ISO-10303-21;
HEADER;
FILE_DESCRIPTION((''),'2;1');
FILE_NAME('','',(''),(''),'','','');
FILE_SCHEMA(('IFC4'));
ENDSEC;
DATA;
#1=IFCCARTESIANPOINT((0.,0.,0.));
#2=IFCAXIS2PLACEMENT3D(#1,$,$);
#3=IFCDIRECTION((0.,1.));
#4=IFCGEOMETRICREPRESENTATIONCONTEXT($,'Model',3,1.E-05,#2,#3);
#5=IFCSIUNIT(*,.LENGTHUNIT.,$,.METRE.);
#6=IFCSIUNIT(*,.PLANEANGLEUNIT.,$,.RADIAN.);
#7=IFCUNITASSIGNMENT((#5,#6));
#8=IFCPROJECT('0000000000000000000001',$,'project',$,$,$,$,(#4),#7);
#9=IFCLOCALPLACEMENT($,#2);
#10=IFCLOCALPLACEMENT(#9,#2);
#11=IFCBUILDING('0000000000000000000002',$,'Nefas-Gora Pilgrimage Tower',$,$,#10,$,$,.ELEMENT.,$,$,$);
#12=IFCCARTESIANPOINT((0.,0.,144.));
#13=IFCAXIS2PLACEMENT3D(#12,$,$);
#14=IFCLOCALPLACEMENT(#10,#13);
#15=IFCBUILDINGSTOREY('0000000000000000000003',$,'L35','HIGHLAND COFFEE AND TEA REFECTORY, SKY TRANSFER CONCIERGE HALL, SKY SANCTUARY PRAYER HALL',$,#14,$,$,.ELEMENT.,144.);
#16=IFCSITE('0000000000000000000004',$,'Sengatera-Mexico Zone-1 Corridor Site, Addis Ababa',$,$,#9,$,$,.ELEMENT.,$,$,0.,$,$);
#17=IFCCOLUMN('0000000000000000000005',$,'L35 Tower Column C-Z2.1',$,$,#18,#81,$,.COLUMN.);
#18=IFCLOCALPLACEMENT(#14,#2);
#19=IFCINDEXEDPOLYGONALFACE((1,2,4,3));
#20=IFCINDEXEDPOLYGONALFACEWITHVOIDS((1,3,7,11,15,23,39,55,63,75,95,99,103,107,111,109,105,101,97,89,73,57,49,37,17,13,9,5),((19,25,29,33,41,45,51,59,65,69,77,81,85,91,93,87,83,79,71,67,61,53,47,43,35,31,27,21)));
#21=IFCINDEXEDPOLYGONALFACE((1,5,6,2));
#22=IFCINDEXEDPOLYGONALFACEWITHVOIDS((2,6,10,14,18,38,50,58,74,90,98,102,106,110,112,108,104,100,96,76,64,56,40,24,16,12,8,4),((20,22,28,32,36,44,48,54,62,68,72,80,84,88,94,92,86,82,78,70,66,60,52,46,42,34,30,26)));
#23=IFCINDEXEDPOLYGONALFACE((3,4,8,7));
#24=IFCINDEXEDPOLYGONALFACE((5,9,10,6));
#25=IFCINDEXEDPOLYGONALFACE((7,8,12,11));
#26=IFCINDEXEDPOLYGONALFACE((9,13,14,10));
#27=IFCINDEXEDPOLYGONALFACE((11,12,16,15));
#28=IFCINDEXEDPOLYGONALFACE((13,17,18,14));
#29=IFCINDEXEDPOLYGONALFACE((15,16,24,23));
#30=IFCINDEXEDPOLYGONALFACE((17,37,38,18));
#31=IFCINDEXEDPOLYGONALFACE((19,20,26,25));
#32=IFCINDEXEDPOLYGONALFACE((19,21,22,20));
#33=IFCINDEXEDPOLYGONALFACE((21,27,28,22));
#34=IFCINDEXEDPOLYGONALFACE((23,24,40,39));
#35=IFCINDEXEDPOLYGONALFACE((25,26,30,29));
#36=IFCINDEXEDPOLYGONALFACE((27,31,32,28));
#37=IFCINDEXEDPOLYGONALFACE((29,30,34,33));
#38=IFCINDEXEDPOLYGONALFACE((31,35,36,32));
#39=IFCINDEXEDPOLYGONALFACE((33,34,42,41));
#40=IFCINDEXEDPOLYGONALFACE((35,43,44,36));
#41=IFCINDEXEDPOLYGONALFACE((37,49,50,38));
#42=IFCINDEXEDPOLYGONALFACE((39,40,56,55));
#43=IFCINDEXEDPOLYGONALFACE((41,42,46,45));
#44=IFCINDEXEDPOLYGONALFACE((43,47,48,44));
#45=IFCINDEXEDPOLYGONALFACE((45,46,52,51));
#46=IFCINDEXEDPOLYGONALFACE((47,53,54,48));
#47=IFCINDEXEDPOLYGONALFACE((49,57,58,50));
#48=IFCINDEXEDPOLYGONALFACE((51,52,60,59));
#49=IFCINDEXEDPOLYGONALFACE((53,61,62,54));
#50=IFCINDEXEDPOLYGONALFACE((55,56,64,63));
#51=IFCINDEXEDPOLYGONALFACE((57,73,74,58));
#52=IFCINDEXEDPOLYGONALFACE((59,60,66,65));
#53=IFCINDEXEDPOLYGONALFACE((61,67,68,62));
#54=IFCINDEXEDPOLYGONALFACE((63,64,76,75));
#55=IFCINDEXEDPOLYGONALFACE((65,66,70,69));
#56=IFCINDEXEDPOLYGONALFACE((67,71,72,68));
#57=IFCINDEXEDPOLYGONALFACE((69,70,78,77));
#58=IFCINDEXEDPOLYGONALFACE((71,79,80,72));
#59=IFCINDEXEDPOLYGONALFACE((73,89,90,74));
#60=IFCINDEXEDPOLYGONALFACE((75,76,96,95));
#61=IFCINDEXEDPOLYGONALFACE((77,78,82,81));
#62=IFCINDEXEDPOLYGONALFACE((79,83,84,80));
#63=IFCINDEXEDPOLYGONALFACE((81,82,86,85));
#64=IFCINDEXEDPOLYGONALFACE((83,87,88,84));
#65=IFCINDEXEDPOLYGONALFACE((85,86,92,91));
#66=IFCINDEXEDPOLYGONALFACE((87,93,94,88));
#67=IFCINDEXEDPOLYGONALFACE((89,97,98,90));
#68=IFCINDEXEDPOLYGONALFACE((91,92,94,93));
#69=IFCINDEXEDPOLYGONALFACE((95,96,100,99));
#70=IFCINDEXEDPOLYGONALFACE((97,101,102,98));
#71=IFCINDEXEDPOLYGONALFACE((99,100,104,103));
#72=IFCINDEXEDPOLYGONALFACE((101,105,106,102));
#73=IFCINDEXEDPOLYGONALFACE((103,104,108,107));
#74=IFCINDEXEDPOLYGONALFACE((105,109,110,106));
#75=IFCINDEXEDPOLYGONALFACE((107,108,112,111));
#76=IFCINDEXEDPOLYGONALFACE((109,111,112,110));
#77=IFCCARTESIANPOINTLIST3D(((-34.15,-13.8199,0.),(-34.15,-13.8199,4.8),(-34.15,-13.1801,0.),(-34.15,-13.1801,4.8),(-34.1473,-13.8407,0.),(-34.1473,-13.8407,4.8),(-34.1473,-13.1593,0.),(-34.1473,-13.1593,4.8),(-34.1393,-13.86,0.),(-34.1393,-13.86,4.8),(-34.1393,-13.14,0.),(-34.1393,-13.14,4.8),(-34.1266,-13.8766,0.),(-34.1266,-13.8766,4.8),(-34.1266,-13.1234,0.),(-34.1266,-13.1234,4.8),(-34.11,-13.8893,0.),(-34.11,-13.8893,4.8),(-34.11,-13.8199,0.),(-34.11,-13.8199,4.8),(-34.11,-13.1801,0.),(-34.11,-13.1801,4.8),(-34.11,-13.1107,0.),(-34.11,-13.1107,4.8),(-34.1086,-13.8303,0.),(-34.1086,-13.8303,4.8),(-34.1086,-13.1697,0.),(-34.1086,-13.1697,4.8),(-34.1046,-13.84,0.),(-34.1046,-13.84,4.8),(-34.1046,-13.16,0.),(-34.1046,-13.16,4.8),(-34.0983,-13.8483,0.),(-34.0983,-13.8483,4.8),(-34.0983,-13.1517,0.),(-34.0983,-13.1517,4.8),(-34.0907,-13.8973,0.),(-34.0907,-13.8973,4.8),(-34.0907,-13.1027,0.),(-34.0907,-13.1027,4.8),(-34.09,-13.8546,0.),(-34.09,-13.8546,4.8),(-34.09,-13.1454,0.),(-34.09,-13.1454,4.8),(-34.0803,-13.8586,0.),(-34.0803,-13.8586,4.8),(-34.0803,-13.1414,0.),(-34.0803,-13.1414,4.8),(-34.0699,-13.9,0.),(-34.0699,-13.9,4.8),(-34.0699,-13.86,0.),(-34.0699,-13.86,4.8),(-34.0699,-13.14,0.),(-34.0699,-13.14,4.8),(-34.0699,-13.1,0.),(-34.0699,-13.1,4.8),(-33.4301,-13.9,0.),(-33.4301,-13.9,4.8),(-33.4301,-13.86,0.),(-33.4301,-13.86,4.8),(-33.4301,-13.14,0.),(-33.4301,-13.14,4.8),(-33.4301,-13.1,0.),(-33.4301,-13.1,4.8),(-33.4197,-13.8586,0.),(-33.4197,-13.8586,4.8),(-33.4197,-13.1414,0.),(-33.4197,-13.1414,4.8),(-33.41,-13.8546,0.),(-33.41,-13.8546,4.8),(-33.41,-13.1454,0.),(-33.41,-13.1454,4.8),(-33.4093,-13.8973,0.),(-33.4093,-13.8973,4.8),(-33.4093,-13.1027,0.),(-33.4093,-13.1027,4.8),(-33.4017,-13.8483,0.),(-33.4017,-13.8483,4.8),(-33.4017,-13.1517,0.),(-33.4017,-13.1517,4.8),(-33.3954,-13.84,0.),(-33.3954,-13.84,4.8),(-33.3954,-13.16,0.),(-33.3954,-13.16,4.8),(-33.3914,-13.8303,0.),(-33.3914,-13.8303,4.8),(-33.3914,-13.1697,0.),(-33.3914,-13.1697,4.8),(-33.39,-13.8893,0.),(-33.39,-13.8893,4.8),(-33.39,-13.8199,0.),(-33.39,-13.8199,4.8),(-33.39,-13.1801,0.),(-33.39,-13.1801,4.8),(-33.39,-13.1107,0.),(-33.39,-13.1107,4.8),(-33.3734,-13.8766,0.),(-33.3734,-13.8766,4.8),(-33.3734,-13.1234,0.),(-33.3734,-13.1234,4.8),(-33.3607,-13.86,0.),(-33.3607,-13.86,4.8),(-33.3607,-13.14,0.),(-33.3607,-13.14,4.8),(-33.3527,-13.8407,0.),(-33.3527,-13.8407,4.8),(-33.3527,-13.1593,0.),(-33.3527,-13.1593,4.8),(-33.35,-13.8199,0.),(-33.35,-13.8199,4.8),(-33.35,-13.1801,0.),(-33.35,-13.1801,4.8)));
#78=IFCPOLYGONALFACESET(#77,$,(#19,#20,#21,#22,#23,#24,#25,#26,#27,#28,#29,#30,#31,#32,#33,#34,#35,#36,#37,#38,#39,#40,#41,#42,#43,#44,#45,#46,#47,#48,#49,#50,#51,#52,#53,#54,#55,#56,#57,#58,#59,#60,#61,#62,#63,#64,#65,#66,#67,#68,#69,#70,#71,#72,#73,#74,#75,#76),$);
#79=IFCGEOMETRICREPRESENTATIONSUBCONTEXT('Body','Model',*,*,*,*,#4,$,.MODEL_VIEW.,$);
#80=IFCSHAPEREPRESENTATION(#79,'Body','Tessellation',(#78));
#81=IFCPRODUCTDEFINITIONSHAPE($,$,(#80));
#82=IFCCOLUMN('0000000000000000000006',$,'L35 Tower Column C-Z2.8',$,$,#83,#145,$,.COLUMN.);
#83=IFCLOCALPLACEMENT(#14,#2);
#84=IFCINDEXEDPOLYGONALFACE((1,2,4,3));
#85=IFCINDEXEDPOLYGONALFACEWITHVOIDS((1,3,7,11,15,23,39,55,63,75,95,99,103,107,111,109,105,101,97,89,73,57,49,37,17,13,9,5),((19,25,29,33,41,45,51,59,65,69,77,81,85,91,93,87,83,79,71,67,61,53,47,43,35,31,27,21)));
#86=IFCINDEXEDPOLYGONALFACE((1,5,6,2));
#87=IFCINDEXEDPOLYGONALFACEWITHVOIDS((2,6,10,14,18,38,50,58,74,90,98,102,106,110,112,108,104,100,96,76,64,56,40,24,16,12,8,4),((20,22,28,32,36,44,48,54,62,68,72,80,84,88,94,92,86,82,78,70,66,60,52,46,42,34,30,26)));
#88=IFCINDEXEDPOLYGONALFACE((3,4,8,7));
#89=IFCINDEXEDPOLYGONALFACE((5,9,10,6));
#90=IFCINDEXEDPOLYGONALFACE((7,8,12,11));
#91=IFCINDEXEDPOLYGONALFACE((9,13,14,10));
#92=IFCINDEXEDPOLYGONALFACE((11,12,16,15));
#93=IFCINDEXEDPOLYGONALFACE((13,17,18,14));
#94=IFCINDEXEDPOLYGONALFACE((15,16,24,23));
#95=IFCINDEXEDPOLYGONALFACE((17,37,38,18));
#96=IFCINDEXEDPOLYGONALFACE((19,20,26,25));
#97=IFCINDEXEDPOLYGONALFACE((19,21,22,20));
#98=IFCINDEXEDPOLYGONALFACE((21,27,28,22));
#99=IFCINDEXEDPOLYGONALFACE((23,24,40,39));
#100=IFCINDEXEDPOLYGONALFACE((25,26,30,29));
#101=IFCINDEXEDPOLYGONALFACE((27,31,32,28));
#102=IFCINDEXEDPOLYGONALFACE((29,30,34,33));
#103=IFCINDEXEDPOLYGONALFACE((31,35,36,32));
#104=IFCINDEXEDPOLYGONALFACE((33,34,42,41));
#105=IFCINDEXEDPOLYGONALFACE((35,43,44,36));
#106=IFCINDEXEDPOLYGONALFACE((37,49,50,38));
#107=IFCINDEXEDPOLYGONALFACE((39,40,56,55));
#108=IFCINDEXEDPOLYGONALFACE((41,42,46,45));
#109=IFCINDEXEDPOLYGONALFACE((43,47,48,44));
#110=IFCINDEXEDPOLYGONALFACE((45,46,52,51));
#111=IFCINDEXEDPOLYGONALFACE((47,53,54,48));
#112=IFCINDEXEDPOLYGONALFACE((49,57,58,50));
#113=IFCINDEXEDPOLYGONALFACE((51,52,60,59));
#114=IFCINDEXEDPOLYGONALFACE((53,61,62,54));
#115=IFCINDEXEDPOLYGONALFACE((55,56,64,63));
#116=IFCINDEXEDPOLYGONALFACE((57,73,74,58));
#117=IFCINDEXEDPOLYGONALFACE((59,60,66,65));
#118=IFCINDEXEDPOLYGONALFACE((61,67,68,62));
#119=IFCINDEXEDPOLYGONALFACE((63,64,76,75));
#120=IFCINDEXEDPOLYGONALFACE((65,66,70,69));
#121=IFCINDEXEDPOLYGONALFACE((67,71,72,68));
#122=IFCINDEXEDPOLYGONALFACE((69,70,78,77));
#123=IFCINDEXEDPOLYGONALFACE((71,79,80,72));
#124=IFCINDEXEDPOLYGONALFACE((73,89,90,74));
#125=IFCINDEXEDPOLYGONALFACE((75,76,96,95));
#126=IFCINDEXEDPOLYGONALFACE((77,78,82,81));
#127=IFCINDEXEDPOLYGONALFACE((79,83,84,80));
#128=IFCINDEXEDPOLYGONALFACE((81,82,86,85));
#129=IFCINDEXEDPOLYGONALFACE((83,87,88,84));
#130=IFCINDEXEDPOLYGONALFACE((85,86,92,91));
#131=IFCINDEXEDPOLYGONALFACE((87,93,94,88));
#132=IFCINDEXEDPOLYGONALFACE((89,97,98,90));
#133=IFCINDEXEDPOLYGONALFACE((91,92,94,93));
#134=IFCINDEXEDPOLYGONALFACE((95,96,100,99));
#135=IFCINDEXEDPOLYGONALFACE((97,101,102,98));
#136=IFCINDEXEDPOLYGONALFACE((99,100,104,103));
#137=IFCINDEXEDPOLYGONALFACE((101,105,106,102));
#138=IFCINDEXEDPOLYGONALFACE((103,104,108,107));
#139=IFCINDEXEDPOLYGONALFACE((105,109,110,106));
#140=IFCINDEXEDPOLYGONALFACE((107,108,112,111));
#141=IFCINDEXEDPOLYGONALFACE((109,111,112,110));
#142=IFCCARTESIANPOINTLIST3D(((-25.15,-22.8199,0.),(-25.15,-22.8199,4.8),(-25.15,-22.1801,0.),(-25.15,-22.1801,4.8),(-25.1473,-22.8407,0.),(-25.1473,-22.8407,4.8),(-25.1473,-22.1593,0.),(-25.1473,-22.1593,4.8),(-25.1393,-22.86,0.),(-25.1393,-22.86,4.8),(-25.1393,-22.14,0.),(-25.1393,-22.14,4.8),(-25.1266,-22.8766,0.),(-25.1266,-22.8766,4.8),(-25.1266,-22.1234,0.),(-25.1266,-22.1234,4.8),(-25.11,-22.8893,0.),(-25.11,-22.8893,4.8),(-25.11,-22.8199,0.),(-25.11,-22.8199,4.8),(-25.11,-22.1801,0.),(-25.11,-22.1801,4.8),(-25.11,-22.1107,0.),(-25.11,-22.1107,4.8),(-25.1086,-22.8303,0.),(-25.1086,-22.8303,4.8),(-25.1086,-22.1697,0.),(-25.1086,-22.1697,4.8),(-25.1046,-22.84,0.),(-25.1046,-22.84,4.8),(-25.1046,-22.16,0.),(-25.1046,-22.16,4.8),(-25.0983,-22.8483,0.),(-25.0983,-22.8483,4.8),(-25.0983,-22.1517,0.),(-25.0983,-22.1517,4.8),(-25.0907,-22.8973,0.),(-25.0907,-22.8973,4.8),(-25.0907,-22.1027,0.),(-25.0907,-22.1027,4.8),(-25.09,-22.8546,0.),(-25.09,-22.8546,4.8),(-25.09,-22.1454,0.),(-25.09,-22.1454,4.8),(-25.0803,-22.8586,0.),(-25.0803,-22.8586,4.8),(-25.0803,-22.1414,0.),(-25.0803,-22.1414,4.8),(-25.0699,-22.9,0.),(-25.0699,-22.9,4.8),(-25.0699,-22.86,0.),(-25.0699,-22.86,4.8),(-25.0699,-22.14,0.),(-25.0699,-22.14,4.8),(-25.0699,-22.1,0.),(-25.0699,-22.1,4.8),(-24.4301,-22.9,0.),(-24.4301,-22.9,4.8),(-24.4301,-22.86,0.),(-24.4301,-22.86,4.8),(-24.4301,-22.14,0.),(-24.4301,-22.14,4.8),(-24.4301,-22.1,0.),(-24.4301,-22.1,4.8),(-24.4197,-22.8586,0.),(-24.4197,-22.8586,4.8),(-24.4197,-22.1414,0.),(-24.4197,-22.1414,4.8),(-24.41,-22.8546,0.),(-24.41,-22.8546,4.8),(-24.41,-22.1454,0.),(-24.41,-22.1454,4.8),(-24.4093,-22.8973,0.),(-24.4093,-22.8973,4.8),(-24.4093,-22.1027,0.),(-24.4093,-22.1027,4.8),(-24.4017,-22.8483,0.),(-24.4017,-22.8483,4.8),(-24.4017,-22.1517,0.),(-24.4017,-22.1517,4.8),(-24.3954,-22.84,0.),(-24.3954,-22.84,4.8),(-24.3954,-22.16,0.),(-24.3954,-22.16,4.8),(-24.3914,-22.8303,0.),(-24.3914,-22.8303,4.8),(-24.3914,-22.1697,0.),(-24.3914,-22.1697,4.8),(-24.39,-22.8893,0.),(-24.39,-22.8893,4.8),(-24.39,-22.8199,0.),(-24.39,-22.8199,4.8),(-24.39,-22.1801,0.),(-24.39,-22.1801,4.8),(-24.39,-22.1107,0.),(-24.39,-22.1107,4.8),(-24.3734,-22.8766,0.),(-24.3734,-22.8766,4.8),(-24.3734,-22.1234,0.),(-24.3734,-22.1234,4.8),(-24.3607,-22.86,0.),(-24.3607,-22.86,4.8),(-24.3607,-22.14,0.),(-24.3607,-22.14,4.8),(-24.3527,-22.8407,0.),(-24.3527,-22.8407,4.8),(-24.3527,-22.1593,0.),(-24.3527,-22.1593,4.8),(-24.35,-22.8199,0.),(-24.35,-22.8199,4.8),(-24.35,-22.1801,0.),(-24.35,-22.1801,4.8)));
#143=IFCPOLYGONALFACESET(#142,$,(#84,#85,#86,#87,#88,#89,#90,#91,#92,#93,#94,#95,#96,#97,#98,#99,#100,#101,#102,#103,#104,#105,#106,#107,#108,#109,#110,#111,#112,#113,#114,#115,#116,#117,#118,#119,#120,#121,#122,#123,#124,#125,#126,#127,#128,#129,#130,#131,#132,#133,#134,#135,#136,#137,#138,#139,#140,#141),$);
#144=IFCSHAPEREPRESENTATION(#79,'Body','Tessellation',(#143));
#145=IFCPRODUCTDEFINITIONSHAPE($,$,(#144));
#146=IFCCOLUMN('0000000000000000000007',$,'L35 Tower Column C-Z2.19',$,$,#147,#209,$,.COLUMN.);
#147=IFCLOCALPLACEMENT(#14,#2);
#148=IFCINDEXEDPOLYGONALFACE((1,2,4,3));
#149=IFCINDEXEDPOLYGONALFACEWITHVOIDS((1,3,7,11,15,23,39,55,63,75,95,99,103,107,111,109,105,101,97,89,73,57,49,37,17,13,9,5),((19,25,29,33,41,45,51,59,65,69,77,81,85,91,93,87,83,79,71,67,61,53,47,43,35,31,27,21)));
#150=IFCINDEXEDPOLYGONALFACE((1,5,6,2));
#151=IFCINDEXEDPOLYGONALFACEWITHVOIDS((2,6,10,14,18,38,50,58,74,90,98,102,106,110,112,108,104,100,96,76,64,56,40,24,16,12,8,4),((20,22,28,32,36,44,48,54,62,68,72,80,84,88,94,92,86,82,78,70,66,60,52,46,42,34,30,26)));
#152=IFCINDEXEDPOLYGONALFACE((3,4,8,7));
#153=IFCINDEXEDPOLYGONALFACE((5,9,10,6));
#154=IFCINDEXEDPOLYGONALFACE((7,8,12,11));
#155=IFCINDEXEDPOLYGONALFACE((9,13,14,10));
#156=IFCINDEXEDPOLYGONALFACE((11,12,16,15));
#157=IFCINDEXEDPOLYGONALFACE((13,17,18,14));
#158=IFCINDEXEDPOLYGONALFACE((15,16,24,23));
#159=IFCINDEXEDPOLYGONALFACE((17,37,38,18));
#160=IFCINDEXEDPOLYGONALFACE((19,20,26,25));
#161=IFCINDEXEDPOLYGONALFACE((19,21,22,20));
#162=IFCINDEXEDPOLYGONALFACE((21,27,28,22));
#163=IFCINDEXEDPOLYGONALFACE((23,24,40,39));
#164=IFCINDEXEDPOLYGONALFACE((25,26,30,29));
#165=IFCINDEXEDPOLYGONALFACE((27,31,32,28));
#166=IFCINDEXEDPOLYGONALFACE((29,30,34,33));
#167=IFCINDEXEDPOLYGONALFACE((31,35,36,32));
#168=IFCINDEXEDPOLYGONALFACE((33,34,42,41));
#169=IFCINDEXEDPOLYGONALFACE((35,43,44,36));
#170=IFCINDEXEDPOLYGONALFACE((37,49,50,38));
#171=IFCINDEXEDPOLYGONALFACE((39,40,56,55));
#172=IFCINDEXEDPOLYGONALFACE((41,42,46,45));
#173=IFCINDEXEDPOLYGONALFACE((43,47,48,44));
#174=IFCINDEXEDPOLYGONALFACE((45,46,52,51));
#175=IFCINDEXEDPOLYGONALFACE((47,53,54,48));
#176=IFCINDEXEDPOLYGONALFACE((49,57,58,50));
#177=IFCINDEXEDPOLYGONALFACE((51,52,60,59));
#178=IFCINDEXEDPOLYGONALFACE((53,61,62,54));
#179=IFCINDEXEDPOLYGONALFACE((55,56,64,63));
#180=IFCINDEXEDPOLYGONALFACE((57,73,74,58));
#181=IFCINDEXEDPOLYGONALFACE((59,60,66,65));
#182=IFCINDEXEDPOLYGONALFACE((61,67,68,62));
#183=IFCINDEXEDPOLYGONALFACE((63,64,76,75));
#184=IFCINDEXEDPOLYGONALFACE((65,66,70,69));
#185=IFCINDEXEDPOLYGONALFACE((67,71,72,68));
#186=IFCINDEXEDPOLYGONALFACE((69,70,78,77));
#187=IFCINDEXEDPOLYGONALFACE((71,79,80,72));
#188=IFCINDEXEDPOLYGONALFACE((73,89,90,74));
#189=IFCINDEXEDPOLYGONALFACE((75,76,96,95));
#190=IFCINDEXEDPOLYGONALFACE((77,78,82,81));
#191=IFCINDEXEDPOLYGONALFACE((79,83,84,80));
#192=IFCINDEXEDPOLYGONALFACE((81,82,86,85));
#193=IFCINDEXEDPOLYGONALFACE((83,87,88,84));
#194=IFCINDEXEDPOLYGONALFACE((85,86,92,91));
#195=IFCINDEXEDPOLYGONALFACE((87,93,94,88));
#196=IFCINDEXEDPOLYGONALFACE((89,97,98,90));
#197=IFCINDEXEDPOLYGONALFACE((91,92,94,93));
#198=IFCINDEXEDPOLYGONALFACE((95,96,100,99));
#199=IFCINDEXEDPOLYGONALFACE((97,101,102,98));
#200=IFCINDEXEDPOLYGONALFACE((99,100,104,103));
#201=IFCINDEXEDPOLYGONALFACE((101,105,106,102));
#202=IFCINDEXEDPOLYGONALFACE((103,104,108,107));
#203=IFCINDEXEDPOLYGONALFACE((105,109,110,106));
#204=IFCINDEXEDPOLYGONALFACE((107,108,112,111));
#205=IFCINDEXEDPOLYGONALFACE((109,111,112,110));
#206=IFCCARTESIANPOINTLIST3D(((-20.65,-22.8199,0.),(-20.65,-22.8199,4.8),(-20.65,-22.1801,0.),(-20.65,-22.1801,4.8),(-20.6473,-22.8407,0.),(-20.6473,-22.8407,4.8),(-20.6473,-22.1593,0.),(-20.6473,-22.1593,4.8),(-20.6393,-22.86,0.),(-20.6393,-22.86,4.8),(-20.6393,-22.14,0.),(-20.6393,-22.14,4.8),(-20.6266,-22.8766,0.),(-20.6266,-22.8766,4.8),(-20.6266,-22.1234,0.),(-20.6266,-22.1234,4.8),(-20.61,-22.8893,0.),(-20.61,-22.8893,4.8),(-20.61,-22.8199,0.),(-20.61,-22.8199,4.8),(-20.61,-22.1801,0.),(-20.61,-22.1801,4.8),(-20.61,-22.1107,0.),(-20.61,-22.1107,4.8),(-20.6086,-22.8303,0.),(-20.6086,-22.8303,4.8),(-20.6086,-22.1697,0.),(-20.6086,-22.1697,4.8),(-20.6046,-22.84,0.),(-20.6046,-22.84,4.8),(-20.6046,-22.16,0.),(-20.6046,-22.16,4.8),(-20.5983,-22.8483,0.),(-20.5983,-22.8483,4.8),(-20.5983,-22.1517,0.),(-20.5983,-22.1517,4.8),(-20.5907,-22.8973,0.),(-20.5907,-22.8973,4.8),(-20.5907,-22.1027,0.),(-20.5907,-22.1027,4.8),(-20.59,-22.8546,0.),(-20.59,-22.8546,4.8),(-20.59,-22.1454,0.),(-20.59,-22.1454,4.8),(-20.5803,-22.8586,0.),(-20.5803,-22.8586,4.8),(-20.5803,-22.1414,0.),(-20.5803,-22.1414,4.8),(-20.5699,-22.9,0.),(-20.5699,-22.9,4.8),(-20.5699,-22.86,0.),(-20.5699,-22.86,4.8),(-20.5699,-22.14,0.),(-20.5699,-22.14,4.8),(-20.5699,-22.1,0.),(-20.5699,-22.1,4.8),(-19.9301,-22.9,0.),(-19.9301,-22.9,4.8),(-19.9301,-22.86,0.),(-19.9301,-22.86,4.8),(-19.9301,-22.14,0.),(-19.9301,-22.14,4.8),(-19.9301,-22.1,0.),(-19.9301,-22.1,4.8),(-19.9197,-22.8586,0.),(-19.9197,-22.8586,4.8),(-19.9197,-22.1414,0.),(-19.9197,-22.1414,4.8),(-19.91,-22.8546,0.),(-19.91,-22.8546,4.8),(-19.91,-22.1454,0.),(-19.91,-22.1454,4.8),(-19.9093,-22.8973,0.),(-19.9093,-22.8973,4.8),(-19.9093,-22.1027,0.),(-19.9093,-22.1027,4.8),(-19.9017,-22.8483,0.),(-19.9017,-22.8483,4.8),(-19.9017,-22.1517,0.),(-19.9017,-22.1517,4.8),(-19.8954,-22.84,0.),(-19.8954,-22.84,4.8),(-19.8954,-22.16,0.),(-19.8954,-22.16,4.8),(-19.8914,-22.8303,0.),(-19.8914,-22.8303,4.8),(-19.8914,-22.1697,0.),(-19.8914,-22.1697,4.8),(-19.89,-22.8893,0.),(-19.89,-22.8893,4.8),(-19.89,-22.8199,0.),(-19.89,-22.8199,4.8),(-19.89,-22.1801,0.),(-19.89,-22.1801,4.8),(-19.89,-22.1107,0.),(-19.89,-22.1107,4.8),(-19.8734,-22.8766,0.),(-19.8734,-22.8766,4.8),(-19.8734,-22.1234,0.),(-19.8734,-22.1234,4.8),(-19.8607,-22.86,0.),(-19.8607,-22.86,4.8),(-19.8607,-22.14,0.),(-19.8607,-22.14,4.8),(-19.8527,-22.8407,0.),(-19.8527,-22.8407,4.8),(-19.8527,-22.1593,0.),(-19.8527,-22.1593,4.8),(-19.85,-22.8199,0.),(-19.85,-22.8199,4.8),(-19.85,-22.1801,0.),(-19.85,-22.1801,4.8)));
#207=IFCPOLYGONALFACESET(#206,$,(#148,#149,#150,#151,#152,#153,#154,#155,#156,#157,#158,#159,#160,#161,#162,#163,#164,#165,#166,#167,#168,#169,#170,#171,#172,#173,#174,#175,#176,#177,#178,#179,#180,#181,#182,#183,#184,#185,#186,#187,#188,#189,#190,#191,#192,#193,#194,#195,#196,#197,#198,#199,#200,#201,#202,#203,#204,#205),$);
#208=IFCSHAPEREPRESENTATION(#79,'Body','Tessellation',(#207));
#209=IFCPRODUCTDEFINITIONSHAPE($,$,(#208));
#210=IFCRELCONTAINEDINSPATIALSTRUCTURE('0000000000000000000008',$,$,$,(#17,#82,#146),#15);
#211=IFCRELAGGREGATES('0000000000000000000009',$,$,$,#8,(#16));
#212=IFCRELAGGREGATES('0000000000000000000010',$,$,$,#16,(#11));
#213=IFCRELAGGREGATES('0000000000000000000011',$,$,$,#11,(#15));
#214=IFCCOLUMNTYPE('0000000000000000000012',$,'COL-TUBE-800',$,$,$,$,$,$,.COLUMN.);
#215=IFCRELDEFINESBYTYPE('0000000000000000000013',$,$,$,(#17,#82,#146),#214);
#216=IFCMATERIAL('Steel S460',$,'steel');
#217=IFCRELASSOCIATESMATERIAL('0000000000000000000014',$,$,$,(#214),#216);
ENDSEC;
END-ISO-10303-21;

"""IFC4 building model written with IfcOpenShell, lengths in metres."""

from ifc_helpers import new_model, si_unit, direction, frame, origin, origin_2d, place, context, subcontext, project, spatial, hollow_rectangle, extrude, source, transform, mapped, material, material_profile, profile_set, type_object, element, save


model = new_model("IFC4")

# Units and contexts
model_context = context("Model", 3, precision=1e-05, world=origin(), true_north=direction((0.0, 1.0)))
body_context = subcontext(model_context, "Body", "Model", "MODEL_VIEW")
ifc_project = project(units=[si_unit("LENGTHUNIT", "METRE"), si_unit("PLANEANGLEUNIT", "RADIAN")], contexts=[model_context])

# Site, building, storey
site_placement = place(None, origin())
site = spatial("IfcSite", under=ifc_project, at=site_placement, Name="Sengatera-Mexico Zone-1 Corridor Site, Addis Ababa", CompositionType="ELEMENT", RefElevation=0.0)
building_placement = place(site_placement, origin())
building = spatial("IfcBuilding", under=site, at=building_placement, Name="Nefas-Gora Pilgrimage Tower", CompositionType="ELEMENT")
storey_placement = place(building_placement, frame((0.0, 0.0, 144.0)))
storey = spatial("IfcBuildingStorey", under=building, at=storey_placement, Name="L35", Description="HIGHLAND COFFEE AND TEA REFECTORY, SKY TRANSFER CONCIERGE HALL, SKY SANCTUARY PRAYER HALL", CompositionType="ELEMENT", Elevation=144.0)

# Columns
ifc_material_1 = material(Name="Steel S460", Category="steel")
ifc_material_profile_1 = material_profile(ifc_material_1, hollow_rectangle(XDim=0.8, YDim=0.8, WallThickness=0.04, InnerFilletRadius=0.04, OuterFilletRadius=0.0801, at=origin_2d()), Name="BOX 800x800x40")
ifc_profile_set_1 = profile_set([ifc_material_profile_1], Name="Steel S460")
column_type_1 = type_object("IfcColumnType", Name="COL-TUBE-800", PredefinedType="COLUMN", material=ifc_profile_set_1)
shared_shape_1 = source(origin(), body_context, "Body", "SweptSolid", [
    extrude(hollow_rectangle(XDim=0.8, YDim=0.8, WallThickness=0.04, InnerFilletRadius=0.04, OuterFilletRadius=0.0801, at=origin_2d()), origin(), (0.0, 0.0, 1.0), 4.8),
])
for number, where, z_axis, x_axis, name in (
    (1, (-33.75, -13.5, 0.0), (0.0, 0.0, 1.0), (1.0, 0.0, 0.0), "L35 Tower Column C-Z2.1"),
    (2, (-24.75, -22.5, 0.0), (0.0, 0.0, 1.0), (1.0, 0.0, 0.0), "L35 Tower Column C-Z2.8"),
    (3, (-20.25, -22.5, 0.0), (0.0, 0.0, 1.0), (1.0, 0.0, 0.0), "L35 Tower Column C-Z2.19"),
):
    element("IfcColumn", number, at=place(storey_placement, frame(where, z_axis=z_axis, x_axis=x_axis)), inside=storey, type_object=column_type_1, Name=name, PredefinedType="COLUMN", context=body_context, shape_type="MappedRepresentation", body=[
        mapped(shared_shape_1, transform((0.0, 0.0, 0.0), x_axis=(1.0, 0.0, 0.0), y_axis=(0.0, 1.0, 0.0), z_axis=(0.0, 0.0, 1.0), scale=1.0)),
    ])

save(model, "model.ifc")
